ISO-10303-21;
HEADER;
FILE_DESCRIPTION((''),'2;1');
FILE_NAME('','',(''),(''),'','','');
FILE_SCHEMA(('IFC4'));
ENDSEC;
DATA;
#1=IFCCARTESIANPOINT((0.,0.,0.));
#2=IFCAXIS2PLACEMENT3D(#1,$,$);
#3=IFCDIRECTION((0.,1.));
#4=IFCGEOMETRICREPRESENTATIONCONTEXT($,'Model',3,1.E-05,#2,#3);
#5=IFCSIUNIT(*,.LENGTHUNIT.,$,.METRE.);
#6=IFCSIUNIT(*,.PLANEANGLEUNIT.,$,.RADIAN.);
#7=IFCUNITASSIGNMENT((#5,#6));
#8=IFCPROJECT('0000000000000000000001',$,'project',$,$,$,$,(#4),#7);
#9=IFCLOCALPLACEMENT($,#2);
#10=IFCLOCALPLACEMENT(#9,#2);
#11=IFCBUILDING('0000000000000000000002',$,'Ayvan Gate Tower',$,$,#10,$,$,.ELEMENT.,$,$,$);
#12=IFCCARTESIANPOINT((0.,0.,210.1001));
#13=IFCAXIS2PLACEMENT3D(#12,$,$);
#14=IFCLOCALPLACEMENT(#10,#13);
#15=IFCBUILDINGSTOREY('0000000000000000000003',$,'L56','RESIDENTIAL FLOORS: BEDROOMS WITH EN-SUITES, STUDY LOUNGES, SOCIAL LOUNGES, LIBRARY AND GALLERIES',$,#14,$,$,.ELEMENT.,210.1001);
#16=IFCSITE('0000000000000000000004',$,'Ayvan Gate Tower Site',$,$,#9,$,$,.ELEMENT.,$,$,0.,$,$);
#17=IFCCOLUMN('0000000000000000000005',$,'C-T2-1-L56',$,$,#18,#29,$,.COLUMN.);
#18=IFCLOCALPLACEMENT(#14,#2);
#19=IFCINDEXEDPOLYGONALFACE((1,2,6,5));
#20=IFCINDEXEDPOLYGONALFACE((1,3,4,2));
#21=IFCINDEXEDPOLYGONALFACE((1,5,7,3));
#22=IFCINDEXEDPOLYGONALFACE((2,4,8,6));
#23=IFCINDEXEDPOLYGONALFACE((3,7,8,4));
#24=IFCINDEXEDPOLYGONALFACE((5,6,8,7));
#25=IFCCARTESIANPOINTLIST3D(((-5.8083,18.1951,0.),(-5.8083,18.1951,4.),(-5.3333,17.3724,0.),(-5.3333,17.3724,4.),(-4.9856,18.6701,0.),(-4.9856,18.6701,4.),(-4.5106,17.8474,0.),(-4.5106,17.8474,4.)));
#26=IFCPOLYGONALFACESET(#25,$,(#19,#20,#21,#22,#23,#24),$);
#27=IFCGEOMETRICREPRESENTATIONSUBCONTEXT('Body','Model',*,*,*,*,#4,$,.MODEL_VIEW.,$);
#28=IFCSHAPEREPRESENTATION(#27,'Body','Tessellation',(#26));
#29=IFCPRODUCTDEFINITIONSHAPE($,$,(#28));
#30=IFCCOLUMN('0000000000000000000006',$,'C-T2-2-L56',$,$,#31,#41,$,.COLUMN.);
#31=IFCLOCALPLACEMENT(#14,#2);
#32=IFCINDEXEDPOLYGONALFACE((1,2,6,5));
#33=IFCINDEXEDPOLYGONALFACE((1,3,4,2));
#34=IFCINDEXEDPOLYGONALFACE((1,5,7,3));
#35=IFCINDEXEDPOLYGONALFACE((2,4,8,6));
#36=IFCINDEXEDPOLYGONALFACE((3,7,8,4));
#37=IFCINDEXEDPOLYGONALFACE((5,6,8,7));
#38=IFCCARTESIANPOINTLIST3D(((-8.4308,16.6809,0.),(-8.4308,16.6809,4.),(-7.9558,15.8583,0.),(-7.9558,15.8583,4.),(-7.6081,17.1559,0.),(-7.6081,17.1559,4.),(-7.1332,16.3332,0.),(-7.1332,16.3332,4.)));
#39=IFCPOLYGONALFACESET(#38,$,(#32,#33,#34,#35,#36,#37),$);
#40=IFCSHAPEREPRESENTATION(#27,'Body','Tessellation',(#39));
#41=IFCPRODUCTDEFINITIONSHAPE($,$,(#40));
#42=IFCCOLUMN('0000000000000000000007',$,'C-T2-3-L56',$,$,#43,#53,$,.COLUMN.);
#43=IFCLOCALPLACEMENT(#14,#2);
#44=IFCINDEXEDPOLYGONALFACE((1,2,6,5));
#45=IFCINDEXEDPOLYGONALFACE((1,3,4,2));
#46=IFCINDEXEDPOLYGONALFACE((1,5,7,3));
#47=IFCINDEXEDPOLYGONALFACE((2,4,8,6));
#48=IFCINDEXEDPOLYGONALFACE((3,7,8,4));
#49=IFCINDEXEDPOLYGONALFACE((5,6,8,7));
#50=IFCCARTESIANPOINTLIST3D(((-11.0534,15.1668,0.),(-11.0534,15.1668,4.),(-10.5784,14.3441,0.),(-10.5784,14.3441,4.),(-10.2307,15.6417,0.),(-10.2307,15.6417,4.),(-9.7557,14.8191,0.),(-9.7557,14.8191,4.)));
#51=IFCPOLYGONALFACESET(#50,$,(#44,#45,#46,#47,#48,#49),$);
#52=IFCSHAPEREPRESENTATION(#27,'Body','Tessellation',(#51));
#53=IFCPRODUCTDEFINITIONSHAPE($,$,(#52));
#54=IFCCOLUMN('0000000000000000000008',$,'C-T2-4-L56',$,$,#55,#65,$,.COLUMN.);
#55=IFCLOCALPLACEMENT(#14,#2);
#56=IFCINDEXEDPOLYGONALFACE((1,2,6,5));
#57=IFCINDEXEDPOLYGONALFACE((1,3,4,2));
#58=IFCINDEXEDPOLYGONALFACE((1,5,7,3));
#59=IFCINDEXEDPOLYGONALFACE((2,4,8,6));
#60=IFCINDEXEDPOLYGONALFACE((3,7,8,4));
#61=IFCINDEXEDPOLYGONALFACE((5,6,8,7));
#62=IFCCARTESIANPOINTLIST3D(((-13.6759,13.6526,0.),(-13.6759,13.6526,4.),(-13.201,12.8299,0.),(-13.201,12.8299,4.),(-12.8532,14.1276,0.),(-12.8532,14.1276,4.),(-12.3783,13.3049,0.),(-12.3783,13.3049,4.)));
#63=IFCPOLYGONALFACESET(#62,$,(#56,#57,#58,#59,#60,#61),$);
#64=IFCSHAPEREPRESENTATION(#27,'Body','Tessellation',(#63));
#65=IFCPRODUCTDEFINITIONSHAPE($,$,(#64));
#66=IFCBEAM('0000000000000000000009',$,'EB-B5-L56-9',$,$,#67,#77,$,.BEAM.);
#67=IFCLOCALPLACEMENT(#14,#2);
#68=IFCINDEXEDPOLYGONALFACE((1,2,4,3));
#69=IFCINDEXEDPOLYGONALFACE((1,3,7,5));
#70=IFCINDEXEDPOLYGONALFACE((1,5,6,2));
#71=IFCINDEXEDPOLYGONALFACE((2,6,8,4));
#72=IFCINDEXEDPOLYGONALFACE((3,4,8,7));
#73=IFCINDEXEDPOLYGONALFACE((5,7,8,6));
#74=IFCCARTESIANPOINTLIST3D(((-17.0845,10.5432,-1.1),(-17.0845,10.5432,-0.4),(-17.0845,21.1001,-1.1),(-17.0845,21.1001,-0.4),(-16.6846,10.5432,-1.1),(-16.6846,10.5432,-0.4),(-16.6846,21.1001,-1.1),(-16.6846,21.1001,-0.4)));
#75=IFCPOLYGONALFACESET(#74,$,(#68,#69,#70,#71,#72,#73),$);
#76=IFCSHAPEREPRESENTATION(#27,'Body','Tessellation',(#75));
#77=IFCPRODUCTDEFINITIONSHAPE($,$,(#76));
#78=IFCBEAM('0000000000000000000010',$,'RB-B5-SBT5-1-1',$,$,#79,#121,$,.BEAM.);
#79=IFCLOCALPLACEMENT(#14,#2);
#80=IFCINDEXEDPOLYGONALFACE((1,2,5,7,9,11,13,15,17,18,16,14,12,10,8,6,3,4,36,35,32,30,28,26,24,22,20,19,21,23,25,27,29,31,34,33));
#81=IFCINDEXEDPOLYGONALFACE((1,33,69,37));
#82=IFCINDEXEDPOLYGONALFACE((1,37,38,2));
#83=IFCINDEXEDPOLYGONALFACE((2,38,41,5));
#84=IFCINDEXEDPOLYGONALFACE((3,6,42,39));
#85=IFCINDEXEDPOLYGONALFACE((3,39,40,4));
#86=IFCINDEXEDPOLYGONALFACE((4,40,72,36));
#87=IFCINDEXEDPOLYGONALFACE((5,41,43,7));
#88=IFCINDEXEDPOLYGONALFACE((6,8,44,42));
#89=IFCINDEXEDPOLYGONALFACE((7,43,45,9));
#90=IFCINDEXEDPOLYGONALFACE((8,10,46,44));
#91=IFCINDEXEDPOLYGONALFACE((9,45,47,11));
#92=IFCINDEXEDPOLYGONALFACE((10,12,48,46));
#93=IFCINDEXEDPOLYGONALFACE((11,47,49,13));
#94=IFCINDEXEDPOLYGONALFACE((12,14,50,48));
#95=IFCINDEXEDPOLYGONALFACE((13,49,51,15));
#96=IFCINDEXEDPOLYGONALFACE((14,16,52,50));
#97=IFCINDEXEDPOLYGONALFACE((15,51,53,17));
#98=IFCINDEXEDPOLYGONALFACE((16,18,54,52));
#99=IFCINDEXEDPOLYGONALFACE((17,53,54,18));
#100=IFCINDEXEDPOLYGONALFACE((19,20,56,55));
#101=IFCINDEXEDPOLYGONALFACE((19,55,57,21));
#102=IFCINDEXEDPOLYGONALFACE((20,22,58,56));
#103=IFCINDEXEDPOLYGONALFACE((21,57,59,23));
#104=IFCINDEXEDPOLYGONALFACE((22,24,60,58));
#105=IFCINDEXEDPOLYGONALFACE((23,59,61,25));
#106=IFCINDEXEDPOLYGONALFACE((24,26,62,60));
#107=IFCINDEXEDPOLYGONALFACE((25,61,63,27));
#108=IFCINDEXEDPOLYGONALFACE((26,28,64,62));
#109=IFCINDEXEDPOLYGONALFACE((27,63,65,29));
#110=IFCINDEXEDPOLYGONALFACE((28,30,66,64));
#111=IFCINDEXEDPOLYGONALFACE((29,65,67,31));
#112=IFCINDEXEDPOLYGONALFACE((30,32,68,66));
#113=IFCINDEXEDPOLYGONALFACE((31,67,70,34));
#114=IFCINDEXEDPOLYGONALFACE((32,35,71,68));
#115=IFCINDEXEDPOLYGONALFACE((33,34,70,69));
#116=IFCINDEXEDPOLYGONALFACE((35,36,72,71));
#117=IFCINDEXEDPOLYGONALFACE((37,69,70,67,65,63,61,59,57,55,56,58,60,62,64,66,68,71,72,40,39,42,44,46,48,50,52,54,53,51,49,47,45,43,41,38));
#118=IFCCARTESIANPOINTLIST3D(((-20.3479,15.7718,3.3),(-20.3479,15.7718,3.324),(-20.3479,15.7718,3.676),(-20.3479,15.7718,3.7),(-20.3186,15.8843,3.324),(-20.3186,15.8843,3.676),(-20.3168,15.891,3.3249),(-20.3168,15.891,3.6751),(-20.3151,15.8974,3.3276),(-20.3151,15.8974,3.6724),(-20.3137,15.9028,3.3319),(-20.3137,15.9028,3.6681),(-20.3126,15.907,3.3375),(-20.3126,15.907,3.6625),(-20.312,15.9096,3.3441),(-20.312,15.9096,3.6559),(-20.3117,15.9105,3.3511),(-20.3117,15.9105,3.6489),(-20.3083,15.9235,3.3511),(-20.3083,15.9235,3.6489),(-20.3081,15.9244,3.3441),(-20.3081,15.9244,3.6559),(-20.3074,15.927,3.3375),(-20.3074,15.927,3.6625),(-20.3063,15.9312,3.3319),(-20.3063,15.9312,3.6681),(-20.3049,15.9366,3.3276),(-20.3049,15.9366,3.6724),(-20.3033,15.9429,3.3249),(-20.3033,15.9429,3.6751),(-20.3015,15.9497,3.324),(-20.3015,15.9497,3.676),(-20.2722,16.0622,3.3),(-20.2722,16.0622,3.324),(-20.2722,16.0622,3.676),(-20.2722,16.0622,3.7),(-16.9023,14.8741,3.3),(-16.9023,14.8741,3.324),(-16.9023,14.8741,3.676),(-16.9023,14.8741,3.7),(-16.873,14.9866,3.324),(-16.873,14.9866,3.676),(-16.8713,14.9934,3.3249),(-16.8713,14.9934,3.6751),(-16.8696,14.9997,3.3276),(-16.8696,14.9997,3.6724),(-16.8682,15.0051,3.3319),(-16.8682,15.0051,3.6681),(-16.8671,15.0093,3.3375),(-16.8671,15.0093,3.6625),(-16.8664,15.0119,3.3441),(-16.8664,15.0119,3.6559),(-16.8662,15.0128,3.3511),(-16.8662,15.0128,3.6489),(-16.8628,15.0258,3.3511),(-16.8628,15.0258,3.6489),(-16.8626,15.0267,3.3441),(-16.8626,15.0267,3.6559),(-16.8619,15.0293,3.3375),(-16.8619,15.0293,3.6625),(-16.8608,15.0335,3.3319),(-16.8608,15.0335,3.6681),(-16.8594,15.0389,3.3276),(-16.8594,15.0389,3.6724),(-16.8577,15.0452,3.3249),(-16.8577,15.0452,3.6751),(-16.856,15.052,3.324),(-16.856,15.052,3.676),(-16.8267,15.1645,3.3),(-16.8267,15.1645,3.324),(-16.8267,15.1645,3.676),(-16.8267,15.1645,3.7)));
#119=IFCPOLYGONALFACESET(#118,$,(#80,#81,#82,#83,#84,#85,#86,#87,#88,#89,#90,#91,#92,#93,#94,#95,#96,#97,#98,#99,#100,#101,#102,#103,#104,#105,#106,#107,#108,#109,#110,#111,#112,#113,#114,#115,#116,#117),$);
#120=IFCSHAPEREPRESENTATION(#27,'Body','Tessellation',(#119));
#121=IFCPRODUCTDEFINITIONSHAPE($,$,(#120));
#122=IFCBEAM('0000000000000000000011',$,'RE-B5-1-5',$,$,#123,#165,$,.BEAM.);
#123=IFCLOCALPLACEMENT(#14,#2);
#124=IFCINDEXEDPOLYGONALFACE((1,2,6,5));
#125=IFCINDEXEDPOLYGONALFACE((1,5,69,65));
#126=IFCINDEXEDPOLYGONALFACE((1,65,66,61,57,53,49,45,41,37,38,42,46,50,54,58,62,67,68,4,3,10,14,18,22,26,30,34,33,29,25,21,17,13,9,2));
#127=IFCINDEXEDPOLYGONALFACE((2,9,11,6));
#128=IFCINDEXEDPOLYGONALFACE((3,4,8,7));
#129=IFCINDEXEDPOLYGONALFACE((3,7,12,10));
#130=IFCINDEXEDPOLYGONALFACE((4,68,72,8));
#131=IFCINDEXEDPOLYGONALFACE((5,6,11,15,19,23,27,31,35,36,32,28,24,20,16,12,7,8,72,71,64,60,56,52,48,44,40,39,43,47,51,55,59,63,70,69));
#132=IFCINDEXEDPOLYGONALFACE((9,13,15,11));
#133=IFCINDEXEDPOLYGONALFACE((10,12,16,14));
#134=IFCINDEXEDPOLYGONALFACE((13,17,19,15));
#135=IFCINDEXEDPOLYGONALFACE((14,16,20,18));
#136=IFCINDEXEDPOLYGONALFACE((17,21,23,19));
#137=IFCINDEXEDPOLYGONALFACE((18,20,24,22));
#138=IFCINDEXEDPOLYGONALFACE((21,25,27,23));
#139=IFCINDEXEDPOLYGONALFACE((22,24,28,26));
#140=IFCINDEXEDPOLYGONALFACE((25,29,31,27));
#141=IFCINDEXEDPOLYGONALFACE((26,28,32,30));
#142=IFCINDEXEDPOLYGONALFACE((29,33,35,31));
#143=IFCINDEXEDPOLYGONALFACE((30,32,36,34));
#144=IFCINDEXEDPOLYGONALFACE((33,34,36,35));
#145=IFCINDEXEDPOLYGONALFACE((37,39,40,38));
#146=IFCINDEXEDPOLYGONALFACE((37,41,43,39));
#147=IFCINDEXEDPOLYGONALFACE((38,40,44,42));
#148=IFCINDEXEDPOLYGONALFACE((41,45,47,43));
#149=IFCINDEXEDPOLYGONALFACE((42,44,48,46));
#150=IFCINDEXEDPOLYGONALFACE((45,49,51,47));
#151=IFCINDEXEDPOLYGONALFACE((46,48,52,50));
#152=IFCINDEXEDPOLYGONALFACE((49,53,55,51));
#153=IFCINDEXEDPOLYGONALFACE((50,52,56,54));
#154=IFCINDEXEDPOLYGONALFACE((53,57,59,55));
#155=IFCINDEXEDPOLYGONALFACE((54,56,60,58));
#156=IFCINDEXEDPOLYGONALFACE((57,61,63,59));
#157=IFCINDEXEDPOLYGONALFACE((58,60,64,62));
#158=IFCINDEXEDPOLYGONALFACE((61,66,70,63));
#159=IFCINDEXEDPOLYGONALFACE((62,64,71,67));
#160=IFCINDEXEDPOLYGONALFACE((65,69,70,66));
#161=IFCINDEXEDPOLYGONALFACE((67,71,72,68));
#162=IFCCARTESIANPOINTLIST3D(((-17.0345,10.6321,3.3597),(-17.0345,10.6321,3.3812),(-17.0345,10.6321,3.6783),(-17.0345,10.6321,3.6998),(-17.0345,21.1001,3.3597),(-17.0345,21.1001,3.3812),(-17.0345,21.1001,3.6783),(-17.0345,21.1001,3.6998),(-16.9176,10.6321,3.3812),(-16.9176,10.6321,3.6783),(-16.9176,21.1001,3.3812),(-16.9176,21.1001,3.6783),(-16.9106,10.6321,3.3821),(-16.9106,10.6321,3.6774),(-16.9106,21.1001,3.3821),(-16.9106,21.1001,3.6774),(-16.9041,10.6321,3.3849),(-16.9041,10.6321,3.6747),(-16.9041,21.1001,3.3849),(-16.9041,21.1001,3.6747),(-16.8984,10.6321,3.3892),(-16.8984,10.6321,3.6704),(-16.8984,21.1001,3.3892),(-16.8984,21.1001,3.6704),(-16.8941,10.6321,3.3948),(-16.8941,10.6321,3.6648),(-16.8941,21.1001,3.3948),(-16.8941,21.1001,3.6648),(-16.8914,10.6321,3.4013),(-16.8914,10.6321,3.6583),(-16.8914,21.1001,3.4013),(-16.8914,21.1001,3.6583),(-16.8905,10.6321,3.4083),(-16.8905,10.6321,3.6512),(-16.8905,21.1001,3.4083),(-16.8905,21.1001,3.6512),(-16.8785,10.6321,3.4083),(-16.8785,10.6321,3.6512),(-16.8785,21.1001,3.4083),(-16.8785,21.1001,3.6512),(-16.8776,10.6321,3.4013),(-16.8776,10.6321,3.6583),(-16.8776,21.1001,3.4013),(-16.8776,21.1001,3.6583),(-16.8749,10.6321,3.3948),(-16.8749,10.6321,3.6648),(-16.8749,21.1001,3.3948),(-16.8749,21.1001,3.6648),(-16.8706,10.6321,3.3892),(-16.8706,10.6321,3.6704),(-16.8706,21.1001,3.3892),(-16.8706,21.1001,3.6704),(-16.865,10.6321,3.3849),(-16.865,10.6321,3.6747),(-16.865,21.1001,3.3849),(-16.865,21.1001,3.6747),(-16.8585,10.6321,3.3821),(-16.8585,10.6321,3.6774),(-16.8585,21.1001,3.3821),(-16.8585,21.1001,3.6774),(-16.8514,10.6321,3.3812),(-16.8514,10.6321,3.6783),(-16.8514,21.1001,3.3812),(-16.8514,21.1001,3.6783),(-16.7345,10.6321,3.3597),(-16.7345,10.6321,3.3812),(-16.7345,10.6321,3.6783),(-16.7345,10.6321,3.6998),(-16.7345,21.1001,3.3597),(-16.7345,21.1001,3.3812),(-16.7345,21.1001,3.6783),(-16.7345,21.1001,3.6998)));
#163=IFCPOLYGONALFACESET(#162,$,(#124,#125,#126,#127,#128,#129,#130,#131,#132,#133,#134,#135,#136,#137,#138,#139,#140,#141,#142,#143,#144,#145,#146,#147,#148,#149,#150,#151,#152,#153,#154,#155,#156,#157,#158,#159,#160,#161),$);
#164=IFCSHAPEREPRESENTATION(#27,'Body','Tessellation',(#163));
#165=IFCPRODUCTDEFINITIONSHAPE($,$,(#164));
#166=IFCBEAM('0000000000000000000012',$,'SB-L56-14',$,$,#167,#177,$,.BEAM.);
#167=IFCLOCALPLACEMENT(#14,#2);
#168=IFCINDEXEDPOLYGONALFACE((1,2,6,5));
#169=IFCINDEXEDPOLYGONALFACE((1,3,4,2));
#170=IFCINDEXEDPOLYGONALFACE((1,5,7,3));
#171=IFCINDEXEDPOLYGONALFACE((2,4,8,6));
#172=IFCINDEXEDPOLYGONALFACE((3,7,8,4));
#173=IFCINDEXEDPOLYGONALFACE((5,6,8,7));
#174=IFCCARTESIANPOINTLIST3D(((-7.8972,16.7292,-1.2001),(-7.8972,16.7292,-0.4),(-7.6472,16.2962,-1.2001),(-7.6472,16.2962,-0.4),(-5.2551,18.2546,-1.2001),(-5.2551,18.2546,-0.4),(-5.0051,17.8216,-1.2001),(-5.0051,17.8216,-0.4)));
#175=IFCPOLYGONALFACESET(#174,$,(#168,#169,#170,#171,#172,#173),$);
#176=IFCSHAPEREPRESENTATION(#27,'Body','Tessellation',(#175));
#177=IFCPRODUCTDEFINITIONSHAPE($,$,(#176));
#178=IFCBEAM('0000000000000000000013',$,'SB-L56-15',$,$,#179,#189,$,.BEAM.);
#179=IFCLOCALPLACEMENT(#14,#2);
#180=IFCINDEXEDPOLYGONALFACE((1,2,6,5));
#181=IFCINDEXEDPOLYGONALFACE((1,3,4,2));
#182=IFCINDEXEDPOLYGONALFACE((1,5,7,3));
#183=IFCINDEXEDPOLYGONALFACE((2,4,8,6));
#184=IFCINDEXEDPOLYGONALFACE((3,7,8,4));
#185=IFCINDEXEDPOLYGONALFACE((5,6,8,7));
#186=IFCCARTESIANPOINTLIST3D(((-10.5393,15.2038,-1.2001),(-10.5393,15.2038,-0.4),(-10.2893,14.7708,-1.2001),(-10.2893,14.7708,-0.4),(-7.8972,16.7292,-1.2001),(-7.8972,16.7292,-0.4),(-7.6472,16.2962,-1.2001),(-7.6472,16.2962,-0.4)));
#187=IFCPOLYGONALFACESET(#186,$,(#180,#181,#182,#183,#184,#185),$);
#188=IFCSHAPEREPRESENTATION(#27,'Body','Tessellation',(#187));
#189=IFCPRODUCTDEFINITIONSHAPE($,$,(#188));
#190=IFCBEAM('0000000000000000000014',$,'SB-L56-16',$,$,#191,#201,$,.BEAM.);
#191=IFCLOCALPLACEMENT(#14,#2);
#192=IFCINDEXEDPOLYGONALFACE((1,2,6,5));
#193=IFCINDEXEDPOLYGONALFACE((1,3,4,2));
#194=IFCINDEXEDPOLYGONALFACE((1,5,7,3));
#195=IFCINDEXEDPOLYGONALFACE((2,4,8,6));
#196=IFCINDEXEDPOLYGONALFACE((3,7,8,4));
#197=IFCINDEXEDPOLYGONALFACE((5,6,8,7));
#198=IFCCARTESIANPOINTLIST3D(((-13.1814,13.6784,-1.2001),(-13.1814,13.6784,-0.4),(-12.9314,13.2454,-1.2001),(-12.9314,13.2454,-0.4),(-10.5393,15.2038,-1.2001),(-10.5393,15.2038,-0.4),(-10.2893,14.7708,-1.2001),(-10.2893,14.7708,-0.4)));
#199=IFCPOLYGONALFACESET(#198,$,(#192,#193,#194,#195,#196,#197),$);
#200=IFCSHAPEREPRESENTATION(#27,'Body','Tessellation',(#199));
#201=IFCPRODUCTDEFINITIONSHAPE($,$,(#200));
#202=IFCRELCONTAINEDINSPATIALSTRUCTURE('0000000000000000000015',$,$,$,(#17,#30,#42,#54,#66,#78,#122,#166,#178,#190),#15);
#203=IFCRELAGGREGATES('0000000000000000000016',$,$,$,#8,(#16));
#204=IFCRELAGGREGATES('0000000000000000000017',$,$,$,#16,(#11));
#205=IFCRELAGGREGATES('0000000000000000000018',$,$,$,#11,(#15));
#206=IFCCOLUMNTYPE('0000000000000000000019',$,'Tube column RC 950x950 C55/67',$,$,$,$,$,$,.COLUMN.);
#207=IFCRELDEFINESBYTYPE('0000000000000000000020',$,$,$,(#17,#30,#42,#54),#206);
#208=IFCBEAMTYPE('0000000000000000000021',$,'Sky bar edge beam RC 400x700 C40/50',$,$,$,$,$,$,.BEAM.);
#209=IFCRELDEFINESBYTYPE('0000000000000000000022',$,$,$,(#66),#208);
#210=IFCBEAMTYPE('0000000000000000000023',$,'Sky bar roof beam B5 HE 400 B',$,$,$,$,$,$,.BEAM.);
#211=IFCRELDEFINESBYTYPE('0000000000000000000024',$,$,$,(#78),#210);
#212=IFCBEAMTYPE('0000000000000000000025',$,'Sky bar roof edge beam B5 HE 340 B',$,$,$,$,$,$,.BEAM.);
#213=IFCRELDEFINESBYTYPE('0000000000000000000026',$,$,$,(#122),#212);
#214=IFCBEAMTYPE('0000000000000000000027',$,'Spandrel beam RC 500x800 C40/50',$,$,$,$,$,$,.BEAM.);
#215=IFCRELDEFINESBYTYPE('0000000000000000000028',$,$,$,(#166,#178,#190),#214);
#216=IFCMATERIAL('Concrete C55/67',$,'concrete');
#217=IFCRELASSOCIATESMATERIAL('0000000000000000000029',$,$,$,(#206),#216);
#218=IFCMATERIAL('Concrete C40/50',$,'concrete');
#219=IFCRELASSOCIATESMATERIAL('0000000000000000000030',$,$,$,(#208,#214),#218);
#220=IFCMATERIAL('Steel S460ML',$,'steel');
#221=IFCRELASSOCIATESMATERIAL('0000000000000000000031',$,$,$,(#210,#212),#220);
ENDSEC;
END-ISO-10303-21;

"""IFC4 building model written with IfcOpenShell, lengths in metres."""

from ifc_helpers import new_model, si_unit, direction, frame, origin, origin_2d, place, context, subcontext, project, spatial, rectangle, i_section, extrude, material, material_profile, profile_set, type_object, element, save


model = new_model("IFC4")

# Units and contexts
model_context = context("Model", 3, precision=1e-05, world=origin(), true_north=direction((0.0, 1.0)))
body_context = subcontext(model_context, "Body", "Model", "MODEL_VIEW")
ifc_project = project(units=[si_unit("LENGTHUNIT", "METRE"), si_unit("PLANEANGLEUNIT", "RADIAN")], contexts=[model_context])

# Site, building, storey
site_placement = place(None, origin())
site = spatial("IfcSite", under=ifc_project, at=site_placement, Name="Ayvan Gate Tower Site", CompositionType="ELEMENT", RefElevation=0.0)
building_placement = place(site_placement, origin())
building = spatial("IfcBuilding", under=site, at=building_placement, Name="Ayvan Gate Tower", CompositionType="ELEMENT")
storey_placement = place(building_placement, frame((0.0, 0.0, 210.1001)))
storey = spatial("IfcBuildingStorey", under=building, at=storey_placement, Name="L56", Description="RESIDENTIAL FLOORS: BEDROOMS WITH EN-SUITES, STUDY LOUNGES, SOCIAL LOUNGES, LIBRARY AND GALLERIES", CompositionType="ELEMENT", Elevation=210.1001)

# Columns
ifc_material_1 = material(Name="Concrete C55/67", Category="concrete")
ifc_material_profile_1 = material_profile(ifc_material_1, rectangle(XDim=0.95, YDim=0.95, at=origin_2d()), Name="RC 950x950")
ifc_profile_set_1 = profile_set([ifc_material_profile_1], Name="Concrete C55/67")
column_type = type_object("IfcColumnType", Name="Tube column RC 950x950 C55/67", PredefinedType="COLUMN", material=ifc_profile_set_1)
for number, where, z_axis, x_axis, name in (
    (1, (-5.1594, 18.0212, 0.0), (0.0, 0.0, 1.0), (-0.5, 0.866025, 0.0), "C-T2-1-L56"),
    (2, (-7.782, 16.5071, 0.0), (0.0, 0.0, 1.0), (-0.5, 0.866025, 0.0), "C-T2-2-L56"),
    (3, (-10.4045, 14.9929, 0.0), (0.0, 0.0, 1.0), (-0.5, 0.866025, 0.0), "C-T2-3-L56"),
    (4, (-13.0271, 13.4788, 0.0), (0.0, 0.0, 1.0), (-0.5, 0.866025, 0.0), "C-T2-4-L56"),
):
    element("IfcColumn", number, at=place(storey_placement, frame(where, z_axis=z_axis, x_axis=x_axis)), inside=storey, type_object=column_type, Name=name, PredefinedType="COLUMN", context=body_context, shape_type="SweptSolid", body=[
        extrude(rectangle(XDim=0.95, YDim=0.95, at=origin_2d()), origin(), (0.0, 0.0, 1.0), 4.0),
    ])

# Beams
ifc_material_2 = material(Name="Concrete C40/50", Category="concrete")
ifc_material_profile_2 = material_profile(ifc_material_2, rectangle(XDim=0.3999, YDim=0.7, at=origin_2d()), Name="RC 400x700")
ifc_profile_set_2 = profile_set([ifc_material_profile_2], Name="Concrete C40/50")
beam_type_1 = type_object("IfcBeamType", Name="Sky bar edge beam RC 400x700 C40/50", PredefinedType="BEAM", material=ifc_profile_set_2)
beam_1_placement = place(storey_placement, frame((-16.8845, 21.1001, -0.75), z_axis=(0.0, -1.0, 0.0), x_axis=(1.0, 0.0, 0.0)))
element("IfcBeam", 5, at=beam_1_placement, inside=storey, type_object=beam_type_1, Name="EB-B5-L56-9", PredefinedType="BEAM", context=body_context, shape_type="SweptSolid", body=[
    extrude(rectangle(XDim=0.3999, YDim=0.7, at=origin_2d()), origin(), (0.0, 0.0, 1.0), 10.5569),
])
ifc_material_3 = material(Name="Steel S460ML", Category="steel")
ifc_material_profile_3 = material_profile(ifc_material_3, i_section(OverallWidth=0.3, OverallDepth=0.3999, WebThickness=0.0134, FlangeThickness=0.0239, FilletRadius=0.0271, at=origin_2d()), Name="HE 400 B")
ifc_profile_set_3 = profile_set([ifc_material_profile_3], Name="Steel S460ML")
beam_type_2 = type_object("IfcBeamType", Name="Sky bar roof beam B5 HE 400 B", PredefinedType="BEAM", material=ifc_profile_set_3)
beam_2_placement = place(storey_placement, frame((-16.8645, 15.0193, 3.5), z_axis=(-0.967695, 0.252123, 0.0), x_axis=(-0.252123, -0.967695, 0.0)))
element("IfcBeam", 6, at=beam_2_placement, inside=storey, type_object=beam_type_2, Name="RB-B5-SBT5-1-1", PredefinedType="BEAM", context=body_context, shape_type="SweptSolid", body=[
    extrude(i_section(OverallWidth=0.3, OverallDepth=0.3999, WebThickness=0.0134, FlangeThickness=0.0239, FilletRadius=0.0271, at=origin_2d()), origin(), (0.0, 0.0, 1.0), 3.5605),
])
ifc_material_profile_4 = material_profile(ifc_material_3, i_section(OverallWidth=0.3, OverallDepth=0.3401, WebThickness=0.012, FlangeThickness=0.0215, FilletRadius=0.0271, at=origin_2d()), Name="HE 340 B")
ifc_profile_set_4 = profile_set([ifc_material_profile_4], Name="Steel S460ML")
beam_type_3 = type_object("IfcBeamType", Name="Sky bar roof edge beam B5 HE 340 B", PredefinedType="BEAM", material=ifc_profile_set_4)
beam_3_placement = place(storey_placement, frame((-16.8845, 21.1001, 3.5298), z_axis=(0.0, -1.0, 0.0), x_axis=(1.0, 0.0, 0.0)))
element("IfcBeam", 7, at=beam_3_placement, inside=storey, type_object=beam_type_3, Name="RE-B5-1-5", PredefinedType="BEAM", context=body_context, shape_type="SweptSolid", body=[
    extrude(i_section(OverallWidth=0.3, OverallDepth=0.3401, WebThickness=0.012, FlangeThickness=0.0215, FilletRadius=0.0271, at=origin_2d()), origin(), (0.0, 0.0, 1.0), 10.468),
])
ifc_material_profile_5 = material_profile(ifc_material_2, rectangle(XDim=0.5, YDim=0.8, at=origin_2d()), Name="RC 500x800")
ifc_profile_set_5 = profile_set([ifc_material_profile_5], Name="Concrete C40/50")
beam_type_4 = type_object("IfcBeamType", Name="Spandrel beam RC 500x800 C40/50", PredefinedType="BEAM", material=ifc_profile_set_5)
for number, where, z_axis, x_axis, name in (
    (8, (-5.1301, 18.0381, -0.8), (-0.866028, -0.499995, 0.0), (0.499995, -0.866028, 0.0), "SB-L56-14"),
    (9, (-7.7722, 16.5127, -0.8), (-0.866028, -0.499995, 0.0), (0.499995, -0.866028, 0.0), "SB-L56-15"),
    (10, (-10.4143, 14.9873, -0.8), (-0.866028, -0.499995, 0.0), (0.499995, -0.866028, 0.0), "SB-L56-16"),
):
    element("IfcBeam", number, at=place(storey_placement, frame(where, z_axis=z_axis, x_axis=x_axis)), inside=storey, type_object=beam_type_4, Name=name, PredefinedType="BEAM", context=body_context, shape_type="SweptSolid", body=[
        extrude(rectangle(XDim=0.5, YDim=0.8, at=origin_2d()), origin(), (0.0, 0.0, 1.0), 3.0508),
    ])

save(model, "model.ifc")
